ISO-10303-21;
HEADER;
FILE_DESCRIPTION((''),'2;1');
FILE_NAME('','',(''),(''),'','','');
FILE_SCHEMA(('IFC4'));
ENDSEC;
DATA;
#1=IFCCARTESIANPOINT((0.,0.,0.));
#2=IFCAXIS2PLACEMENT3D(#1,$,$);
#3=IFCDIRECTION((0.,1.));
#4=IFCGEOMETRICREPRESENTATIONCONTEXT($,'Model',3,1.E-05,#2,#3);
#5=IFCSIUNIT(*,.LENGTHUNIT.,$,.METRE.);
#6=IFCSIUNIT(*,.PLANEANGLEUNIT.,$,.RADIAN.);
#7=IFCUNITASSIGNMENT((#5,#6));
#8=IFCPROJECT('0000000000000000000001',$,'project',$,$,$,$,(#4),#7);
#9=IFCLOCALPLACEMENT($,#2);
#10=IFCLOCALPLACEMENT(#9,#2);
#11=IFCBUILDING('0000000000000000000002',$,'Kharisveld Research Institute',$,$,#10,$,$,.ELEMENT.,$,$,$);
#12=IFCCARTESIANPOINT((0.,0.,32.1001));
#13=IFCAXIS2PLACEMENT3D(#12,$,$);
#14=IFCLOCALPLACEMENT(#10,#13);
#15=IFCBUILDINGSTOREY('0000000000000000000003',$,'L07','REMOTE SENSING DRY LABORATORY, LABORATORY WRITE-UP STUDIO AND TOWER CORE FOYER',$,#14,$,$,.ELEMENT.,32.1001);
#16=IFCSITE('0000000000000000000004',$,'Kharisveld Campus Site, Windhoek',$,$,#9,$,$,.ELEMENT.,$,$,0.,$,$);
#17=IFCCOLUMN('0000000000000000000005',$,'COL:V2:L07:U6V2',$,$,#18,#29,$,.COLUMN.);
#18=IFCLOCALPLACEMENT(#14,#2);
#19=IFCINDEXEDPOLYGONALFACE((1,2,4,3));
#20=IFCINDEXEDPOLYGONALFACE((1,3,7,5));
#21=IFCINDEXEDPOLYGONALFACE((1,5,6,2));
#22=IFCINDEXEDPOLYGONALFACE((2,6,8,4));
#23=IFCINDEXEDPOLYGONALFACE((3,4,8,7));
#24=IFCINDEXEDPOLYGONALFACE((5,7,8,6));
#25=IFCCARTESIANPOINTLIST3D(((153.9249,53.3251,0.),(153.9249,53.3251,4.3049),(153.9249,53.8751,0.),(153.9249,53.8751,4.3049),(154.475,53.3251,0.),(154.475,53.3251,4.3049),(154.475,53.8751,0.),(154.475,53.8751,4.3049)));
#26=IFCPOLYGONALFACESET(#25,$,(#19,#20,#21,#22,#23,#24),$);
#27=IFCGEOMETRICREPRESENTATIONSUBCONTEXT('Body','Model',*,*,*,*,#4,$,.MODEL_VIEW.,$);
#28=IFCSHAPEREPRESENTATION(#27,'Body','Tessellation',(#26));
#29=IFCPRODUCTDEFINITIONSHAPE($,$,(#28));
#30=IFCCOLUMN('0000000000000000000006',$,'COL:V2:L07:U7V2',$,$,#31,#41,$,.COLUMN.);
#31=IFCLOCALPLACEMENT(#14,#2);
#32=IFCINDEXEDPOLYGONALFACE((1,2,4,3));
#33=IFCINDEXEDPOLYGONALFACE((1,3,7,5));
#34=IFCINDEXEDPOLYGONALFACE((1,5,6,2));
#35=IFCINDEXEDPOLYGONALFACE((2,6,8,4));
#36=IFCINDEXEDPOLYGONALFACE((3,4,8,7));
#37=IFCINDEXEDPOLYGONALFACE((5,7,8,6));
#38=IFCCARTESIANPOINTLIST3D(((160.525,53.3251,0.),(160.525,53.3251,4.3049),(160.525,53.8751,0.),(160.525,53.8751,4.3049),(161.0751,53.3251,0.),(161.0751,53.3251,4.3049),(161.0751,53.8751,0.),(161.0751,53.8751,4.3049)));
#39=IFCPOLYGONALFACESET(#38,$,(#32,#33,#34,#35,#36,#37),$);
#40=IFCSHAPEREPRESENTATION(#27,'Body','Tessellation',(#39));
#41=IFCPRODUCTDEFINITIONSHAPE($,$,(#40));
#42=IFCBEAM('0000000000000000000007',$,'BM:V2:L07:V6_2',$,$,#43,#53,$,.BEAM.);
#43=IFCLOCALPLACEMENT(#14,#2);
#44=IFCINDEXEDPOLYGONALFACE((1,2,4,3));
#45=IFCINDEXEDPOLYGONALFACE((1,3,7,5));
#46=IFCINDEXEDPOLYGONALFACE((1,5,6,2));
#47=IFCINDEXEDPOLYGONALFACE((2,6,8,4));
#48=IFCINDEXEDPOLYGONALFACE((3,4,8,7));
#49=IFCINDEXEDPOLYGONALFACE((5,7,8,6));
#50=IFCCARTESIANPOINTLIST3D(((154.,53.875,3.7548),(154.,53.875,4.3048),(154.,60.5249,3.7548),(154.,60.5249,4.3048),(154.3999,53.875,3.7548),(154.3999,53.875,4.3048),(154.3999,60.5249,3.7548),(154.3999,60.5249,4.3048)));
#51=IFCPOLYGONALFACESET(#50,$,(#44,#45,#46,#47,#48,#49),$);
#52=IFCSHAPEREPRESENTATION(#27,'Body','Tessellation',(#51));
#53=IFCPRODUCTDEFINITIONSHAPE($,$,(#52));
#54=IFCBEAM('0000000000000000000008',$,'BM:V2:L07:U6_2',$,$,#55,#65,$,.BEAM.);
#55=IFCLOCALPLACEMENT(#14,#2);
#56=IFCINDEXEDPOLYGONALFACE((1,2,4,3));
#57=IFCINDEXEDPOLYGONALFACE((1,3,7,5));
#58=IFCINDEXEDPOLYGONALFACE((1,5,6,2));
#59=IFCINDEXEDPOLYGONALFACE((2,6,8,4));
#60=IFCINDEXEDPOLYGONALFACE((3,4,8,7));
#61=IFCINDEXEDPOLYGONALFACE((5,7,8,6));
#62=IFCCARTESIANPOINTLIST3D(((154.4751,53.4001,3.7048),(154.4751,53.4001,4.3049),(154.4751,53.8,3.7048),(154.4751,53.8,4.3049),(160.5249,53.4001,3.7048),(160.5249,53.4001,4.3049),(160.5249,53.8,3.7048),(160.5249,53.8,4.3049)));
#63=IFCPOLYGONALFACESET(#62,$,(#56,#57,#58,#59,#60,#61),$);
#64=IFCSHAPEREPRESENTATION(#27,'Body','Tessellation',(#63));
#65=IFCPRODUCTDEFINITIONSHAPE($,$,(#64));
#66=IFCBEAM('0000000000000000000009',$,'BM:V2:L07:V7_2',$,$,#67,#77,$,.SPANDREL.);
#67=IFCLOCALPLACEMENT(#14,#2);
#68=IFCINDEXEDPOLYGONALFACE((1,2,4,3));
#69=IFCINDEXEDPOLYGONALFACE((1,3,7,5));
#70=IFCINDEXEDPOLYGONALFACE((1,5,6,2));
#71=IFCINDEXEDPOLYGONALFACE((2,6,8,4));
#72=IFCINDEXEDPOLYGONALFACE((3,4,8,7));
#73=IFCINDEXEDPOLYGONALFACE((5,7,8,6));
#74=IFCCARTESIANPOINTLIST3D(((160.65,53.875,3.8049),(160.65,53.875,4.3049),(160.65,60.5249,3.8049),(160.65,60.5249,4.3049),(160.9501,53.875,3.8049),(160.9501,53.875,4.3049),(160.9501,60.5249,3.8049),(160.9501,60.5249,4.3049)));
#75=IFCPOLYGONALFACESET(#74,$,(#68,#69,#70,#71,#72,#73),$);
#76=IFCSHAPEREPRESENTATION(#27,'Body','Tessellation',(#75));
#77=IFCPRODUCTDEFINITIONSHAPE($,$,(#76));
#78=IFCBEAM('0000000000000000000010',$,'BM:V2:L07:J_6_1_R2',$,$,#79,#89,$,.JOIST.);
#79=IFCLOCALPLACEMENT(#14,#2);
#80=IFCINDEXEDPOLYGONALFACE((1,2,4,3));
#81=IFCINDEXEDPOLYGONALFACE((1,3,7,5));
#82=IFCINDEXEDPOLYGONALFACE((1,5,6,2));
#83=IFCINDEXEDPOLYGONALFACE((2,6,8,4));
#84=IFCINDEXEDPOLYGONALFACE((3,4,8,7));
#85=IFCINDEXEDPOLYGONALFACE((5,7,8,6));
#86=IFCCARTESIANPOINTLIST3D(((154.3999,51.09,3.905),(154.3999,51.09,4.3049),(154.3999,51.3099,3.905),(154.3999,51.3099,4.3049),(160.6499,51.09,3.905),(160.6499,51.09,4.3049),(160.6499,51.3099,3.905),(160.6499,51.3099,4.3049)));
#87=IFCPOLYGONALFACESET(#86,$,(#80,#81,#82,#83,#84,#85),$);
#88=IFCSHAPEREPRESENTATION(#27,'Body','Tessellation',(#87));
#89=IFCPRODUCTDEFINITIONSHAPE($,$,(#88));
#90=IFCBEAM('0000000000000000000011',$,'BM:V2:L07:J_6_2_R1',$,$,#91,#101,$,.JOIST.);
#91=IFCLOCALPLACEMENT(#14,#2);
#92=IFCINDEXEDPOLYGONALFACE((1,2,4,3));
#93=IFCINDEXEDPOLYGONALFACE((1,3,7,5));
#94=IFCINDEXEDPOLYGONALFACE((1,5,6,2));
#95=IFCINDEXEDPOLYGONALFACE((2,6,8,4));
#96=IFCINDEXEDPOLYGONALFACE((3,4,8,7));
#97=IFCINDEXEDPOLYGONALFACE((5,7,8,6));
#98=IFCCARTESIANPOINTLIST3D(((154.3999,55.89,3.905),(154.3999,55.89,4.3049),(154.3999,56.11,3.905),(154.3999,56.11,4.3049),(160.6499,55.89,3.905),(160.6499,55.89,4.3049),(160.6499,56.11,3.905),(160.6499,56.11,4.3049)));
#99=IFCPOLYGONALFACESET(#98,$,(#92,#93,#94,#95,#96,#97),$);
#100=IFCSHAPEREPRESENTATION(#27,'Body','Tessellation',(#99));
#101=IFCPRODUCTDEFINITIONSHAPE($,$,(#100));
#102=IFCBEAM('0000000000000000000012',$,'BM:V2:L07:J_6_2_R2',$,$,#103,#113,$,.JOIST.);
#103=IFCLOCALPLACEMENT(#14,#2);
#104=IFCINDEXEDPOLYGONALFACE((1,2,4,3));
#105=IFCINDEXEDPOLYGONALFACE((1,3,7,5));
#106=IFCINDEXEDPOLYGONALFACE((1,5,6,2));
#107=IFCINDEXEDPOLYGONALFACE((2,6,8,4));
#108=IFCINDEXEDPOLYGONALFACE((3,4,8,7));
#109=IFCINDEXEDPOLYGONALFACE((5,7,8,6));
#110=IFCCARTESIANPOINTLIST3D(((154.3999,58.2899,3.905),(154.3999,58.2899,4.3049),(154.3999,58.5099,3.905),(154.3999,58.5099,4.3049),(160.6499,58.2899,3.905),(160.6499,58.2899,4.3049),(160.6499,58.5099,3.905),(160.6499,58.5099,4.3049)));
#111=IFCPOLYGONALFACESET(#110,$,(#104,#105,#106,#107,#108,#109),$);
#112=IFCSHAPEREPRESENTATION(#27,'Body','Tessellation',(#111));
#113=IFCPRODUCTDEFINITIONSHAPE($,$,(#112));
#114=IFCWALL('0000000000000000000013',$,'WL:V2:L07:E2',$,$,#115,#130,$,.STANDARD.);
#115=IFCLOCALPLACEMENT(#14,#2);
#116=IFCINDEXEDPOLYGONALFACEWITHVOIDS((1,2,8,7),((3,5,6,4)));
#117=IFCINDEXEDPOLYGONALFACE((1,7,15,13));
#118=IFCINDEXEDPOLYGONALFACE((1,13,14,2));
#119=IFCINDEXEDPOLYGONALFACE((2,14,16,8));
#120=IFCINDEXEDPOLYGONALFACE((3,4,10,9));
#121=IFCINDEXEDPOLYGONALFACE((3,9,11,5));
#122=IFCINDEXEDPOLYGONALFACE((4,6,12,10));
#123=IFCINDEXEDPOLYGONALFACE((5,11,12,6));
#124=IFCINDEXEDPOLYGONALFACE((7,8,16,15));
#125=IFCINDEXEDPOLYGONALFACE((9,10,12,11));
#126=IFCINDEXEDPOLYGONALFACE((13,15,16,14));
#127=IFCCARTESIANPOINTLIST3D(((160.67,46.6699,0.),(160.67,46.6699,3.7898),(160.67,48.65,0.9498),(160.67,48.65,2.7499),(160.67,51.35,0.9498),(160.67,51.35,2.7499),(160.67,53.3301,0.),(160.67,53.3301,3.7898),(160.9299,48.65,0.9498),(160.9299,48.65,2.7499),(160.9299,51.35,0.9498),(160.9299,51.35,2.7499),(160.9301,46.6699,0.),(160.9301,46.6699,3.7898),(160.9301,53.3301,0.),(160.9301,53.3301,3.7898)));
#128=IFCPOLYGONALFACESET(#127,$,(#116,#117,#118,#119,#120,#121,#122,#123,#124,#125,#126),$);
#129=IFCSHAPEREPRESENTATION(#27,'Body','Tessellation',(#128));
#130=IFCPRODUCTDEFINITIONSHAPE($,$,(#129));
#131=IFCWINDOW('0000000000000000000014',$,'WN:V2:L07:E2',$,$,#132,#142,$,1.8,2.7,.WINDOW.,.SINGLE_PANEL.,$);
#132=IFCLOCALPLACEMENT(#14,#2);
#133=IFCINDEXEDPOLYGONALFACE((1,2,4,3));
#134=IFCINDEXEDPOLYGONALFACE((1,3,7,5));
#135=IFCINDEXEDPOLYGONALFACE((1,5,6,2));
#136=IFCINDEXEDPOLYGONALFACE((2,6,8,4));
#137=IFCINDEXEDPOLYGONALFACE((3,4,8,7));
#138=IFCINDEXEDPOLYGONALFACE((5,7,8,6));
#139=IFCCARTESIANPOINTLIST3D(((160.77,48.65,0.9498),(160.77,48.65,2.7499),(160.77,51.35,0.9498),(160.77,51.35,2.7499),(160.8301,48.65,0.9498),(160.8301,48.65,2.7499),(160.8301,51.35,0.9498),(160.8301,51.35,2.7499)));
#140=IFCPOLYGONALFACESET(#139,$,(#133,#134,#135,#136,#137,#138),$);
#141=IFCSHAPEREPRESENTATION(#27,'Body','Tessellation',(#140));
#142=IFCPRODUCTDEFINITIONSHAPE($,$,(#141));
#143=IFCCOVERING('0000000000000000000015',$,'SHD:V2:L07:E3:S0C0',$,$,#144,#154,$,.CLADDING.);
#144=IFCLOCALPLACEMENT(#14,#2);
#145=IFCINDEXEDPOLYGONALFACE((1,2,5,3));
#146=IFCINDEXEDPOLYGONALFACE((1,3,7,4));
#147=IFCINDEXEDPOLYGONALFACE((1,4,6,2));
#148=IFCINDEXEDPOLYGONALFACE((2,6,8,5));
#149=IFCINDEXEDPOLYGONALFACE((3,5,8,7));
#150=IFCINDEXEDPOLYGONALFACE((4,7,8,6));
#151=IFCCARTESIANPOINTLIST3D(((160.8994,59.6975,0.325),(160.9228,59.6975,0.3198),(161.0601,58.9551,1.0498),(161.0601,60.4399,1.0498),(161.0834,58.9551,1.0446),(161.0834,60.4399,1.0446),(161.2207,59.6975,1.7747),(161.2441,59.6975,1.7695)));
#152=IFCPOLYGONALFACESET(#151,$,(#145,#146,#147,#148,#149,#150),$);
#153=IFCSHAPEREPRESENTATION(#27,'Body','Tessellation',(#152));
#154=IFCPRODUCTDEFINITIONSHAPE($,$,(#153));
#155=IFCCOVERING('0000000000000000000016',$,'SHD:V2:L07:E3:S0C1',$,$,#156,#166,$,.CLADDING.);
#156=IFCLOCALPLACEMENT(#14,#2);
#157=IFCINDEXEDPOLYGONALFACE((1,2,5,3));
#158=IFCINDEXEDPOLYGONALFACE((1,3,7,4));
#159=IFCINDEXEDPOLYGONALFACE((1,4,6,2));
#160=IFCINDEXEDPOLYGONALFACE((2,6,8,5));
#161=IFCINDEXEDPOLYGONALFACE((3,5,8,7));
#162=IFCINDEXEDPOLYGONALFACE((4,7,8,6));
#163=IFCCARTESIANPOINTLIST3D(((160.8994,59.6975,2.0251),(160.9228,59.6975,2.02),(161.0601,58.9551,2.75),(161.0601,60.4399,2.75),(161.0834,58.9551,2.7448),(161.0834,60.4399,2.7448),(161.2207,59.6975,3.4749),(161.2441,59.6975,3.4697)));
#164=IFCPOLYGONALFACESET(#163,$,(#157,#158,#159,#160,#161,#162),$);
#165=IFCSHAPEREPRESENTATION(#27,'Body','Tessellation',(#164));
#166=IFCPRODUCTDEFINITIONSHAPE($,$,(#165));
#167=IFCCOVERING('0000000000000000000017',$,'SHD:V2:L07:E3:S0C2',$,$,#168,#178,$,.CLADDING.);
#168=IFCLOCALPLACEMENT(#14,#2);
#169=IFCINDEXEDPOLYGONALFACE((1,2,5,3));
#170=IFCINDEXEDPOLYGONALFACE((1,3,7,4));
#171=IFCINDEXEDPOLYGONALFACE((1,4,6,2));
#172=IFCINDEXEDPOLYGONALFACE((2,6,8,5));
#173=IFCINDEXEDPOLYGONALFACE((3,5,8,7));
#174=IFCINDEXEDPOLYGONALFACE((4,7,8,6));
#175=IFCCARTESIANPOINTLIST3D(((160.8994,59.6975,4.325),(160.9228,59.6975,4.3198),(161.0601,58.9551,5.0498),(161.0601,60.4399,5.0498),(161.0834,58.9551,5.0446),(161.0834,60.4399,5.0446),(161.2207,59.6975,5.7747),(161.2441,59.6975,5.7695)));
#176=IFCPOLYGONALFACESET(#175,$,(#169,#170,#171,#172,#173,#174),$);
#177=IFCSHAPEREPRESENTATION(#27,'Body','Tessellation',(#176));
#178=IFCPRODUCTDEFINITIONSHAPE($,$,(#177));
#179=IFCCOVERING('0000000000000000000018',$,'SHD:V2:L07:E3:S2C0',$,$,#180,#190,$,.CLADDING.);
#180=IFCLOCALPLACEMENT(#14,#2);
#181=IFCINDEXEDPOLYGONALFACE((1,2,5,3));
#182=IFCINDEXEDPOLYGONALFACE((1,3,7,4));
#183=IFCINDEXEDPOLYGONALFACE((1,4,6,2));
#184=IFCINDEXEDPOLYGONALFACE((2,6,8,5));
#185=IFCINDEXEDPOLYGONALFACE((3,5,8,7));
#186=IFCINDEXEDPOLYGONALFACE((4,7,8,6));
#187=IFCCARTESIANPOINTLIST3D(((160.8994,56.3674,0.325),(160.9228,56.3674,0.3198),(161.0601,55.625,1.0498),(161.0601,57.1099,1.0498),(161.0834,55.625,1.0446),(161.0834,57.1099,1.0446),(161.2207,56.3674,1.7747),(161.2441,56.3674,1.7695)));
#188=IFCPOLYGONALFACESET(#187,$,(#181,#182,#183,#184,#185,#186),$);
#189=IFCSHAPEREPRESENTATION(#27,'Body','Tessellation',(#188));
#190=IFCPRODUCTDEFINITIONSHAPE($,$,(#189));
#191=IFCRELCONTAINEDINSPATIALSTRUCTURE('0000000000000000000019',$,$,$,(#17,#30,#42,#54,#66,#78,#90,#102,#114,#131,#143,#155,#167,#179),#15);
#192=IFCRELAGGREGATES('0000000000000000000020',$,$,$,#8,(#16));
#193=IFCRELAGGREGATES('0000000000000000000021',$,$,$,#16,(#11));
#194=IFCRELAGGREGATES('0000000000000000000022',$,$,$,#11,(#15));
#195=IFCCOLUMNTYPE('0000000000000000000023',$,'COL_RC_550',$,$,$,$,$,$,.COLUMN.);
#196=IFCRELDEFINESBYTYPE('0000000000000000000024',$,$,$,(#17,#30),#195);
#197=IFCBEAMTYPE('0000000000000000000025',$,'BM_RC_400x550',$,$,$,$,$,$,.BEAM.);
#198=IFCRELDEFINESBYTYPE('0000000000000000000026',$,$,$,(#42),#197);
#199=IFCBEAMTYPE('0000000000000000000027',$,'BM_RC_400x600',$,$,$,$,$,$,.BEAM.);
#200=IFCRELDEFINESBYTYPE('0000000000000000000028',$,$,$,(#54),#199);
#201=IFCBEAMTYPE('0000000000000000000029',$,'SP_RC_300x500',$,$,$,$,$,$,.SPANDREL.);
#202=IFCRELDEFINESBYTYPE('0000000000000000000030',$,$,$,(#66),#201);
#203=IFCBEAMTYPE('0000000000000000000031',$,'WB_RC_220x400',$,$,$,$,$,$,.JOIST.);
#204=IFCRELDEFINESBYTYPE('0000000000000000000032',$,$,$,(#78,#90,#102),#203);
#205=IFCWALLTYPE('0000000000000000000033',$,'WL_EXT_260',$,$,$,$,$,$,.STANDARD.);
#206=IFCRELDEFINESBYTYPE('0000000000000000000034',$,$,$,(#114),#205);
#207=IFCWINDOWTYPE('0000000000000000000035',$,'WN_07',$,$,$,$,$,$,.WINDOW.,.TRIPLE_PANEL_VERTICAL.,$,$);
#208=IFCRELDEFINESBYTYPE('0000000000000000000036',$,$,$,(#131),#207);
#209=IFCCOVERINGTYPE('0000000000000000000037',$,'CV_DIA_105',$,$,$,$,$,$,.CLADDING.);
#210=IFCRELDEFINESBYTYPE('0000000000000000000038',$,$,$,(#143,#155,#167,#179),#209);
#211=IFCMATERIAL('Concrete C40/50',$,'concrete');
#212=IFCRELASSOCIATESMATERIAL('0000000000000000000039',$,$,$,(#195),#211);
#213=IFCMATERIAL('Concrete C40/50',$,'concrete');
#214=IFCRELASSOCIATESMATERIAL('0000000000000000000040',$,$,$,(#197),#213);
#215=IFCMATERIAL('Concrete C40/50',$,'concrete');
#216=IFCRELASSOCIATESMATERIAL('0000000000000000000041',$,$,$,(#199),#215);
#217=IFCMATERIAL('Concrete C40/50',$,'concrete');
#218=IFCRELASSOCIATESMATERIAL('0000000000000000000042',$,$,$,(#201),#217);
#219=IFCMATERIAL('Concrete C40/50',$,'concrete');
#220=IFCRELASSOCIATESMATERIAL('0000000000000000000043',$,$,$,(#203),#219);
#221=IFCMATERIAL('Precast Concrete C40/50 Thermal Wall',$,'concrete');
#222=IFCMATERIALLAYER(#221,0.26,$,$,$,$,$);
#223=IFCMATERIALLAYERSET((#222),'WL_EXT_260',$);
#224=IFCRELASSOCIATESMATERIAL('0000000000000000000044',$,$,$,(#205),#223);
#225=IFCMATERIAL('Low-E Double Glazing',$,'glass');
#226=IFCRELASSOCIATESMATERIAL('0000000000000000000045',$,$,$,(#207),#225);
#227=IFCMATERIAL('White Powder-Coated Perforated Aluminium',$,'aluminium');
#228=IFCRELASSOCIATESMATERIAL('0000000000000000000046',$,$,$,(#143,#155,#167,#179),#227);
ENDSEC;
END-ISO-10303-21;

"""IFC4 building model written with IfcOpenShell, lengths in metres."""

from ifc_helpers import new_model, si_unit, direction, frame, frame_2d, origin, origin_2d, place, context, subcontext, project, spatial, polyline, rectangle, outline, extrude, material, layer, layer_set, material_profile, profile_set, type_object, element, fill, save


model = new_model("IFC4")

# Units and contexts
model_context = context("Model", 3, precision=1e-05, world=origin(), true_north=direction((0.0, 1.0)))
body_context = subcontext(model_context, "Body", "Model", "MODEL_VIEW")
ifc_project = project(units=[si_unit("LENGTHUNIT", "METRE"), si_unit("PLANEANGLEUNIT", "RADIAN")], contexts=[model_context])

# Site, building, storey
site_placement = place(None, origin())
site = spatial("IfcSite", under=ifc_project, at=site_placement, Name="Kharisveld Campus Site, Windhoek", CompositionType="ELEMENT", RefElevation=0.0)
building_placement = place(site_placement, origin())
building = spatial("IfcBuilding", under=site, at=building_placement, Name="Kharisveld Research Institute", CompositionType="ELEMENT")
storey_placement = place(building_placement, frame((0.0, 0.0, 32.1001)))
storey = spatial("IfcBuildingStorey", under=building, at=storey_placement, Name="L07", Description="REMOTE SENSING DRY LABORATORY, LABORATORY WRITE-UP STUDIO AND TOWER CORE FOYER", CompositionType="ELEMENT", Elevation=32.1001)

# Columns
ifc_material_1 = material(Name="Concrete C40/50", Category="concrete")
ifc_material_profile_1 = material_profile(ifc_material_1, rectangle(XDim=0.55, YDim=0.55, at=origin_2d()))
ifc_profile_set_1 = profile_set([ifc_material_profile_1], Name="Concrete C40/50")
column_type = type_object("IfcColumnType", Name="COL_RC_550", PredefinedType="COLUMN", material=ifc_profile_set_1)
for number, where, z_axis, x_axis, name in (
    (1, (154.2, 53.6001, 0.0), (0.0, 0.0, 1.0), (1.0, 0.0, 0.0), "COL:V2:L07:U6V2"),
    (2, (160.8, 53.6001, 0.0), (0.0, 0.0, 1.0), (1.0, 0.0, 0.0), "COL:V2:L07:U7V2"),
):
    element("IfcColumn", number, at=place(storey_placement, frame(where, z_axis=z_axis, x_axis=x_axis)), inside=storey, type_object=column_type, Name=name, PredefinedType="COLUMN", context=body_context, shape_type="SweptSolid", body=[
        extrude(rectangle(XDim=0.55, YDim=0.55, at=origin_2d()), origin(), (0.0, 0.0, 1.0), 4.3049),
    ])

# Beams
ifc_material_2 = material(Name="Concrete C40/50", Category="concrete")
ifc_material_profile_2 = material_profile(ifc_material_2, rectangle(XDim=0.3999, YDim=0.55, at=origin_2d()))
ifc_profile_set_2 = profile_set([ifc_material_profile_2], Name="Concrete C40/50")
beam_type_1 = type_object("IfcBeamType", Name="BM_RC_400x550", PredefinedType="BEAM", material=ifc_profile_set_2)
beam_1_placement = place(storey_placement, frame((154.2, 53.875, 4.0298), z_axis=(0.0, 1.0, 0.0), x_axis=(-1.0, 0.0, 0.0)))
element("IfcBeam", 3, at=beam_1_placement, inside=storey, type_object=beam_type_1, Name="BM:V2:L07:V6_2", PredefinedType="BEAM", context=body_context, shape_type="SweptSolid", body=[
    extrude(rectangle(XDim=0.3999, YDim=0.55, at=origin_2d()), origin(), (0.0, 0.0, 1.0), 6.6499),
])
ifc_material_3 = material(Name="Concrete C40/50", Category="concrete")
ifc_material_profile_3 = material_profile(ifc_material_3, rectangle(XDim=0.3999, YDim=0.6001, at=origin_2d()))
ifc_profile_set_3 = profile_set([ifc_material_profile_3], Name="Concrete C40/50")
beam_type_2 = type_object("IfcBeamType", Name="BM_RC_400x600", PredefinedType="BEAM", material=ifc_profile_set_3)
beam_2_placement = place(storey_placement, frame((154.4751, 53.6001, 4.0049), z_axis=(1.0, 0.0, 0.0), x_axis=(0.0, 1.0, 0.0)))
element("IfcBeam", 4, at=beam_2_placement, inside=storey, type_object=beam_type_2, Name="BM:V2:L07:U6_2", PredefinedType="BEAM", context=body_context, shape_type="SweptSolid", body=[
    extrude(rectangle(XDim=0.3999, YDim=0.6001, at=origin_2d()), origin(), (0.0, 0.0, 1.0), 6.0498),
])
ifc_material_4 = material(Name="Concrete C40/50", Category="concrete")
ifc_material_profile_4 = material_profile(ifc_material_4, rectangle(XDim=0.3, YDim=0.5, at=origin_2d()))
ifc_profile_set_4 = profile_set([ifc_material_profile_4], Name="Concrete C40/50")
beam_type_3 = type_object("IfcBeamType", Name="SP_RC_300x500", PredefinedType="SPANDREL", material=ifc_profile_set_4)
beam_3_placement = place(storey_placement, frame((160.8, 53.875, 4.0549), z_axis=(0.0, 1.0, 0.0), x_axis=(-1.0, 0.0, 0.0)))
element("IfcBeam", 5, at=beam_3_placement, inside=storey, type_object=beam_type_3, Name="BM:V2:L07:V7_2", PredefinedType="SPANDREL", context=body_context, shape_type="SweptSolid", body=[
    extrude(rectangle(XDim=0.3, YDim=0.5, at=origin_2d()), origin(), (0.0, 0.0, 1.0), 6.6499),
])
ifc_material_5 = material(Name="Concrete C40/50", Category="concrete")
ifc_material_profile_5 = material_profile(ifc_material_5, rectangle(XDim=0.22, YDim=0.3999, at=origin_2d()))
ifc_profile_set_5 = profile_set([ifc_material_profile_5], Name="Concrete C40/50")
beam_type_4 = type_object("IfcBeamType", Name="WB_RC_220x400", PredefinedType="JOIST", material=ifc_profile_set_5)
for number, where, z_axis, x_axis, name in (
    (6, (154.3999, 51.2, 4.105), (1.0, 0.0, 0.0), (0.0, 1.0, 0.0), "BM:V2:L07:J_6_1_R2"),
    (7, (154.3999, 56.0, 4.105), (1.0, 0.0, 0.0), (0.0, 1.0, 0.0), "BM:V2:L07:J_6_2_R1"),
    (8, (154.3999, 58.3999, 4.105), (1.0, 0.0, 0.0), (0.0, 1.0, 0.0), "BM:V2:L07:J_6_2_R2"),
):
    element("IfcBeam", number, at=place(storey_placement, frame(where, z_axis=z_axis, x_axis=x_axis)), inside=storey, type_object=beam_type_4, Name=name, PredefinedType="JOIST", context=body_context, shape_type="SweptSolid", body=[
        extrude(rectangle(XDim=0.22, YDim=0.3999, at=origin_2d()), origin(), (0.0, 0.0, 1.0), 6.25),
    ])

# Wall, opening, window
ifc_material_6 = material(Name="Precast Concrete C40/50 Thermal Wall", Category="concrete")
ifc_layer = layer(ifc_material_6, 0.26)
ifc_layer_set = layer_set([ifc_layer], Name="WL_EXT_260")
wall_type = type_object("IfcWallType", Name="WL_EXT_260", PredefinedType="STANDARD", material=ifc_layer_set)
wall_placement = place(storey_placement, frame((160.8, 53.3301, 0.0), z_axis=(0.0, 0.0, 1.0), x_axis=(0.0, -1.0, 0.0)))
wall = element("IfcWall", 9, at=wall_placement, inside=storey, type_object=wall_type, Name="WL:V2:L07:E2", PredefinedType="STANDARD", context=body_context, shape_type="SweptSolid", body=[
    extrude(rectangle(XDim=6.6602, YDim=0.26, at=frame_2d((3.3301, 0.0))), origin(), (0.0, 0.0, 1.0), 3.7898),
])
opening_placement = place(wall_placement, frame((1.98, 0.0, 0.95)))
opening = element("IfcOpeningElement", 10, at=opening_placement, cuts=wall, PredefinedType="OPENING", context=body_context, shape_type="SweptSolid", body=[
    extrude(rectangle(XDim=2.7, YDim=1.8, at=frame_2d((1.3501, 0.8999))), frame((0.0, 0.1299, 0.0), z_axis=(0.0, -1.0, 0.0), x_axis=(1.0, 0.0, 0.0)), (0.0, 0.0, 1.0), 0.26),
])
ifc_material_7 = material(Name="Low-E Double Glazing", Category="glass")
window_type = type_object("IfcWindowType", Name="WN_07", PartitioningType="TRIPLE_PANEL_VERTICAL", PredefinedType="WINDOW", material=ifc_material_7)
window_placement = place(opening_placement, origin())
window = element("IfcWindow", 11, at=window_placement, inside=storey, type_object=window_type, Name="WN:V2:L07:E2", OverallHeight=1.8, OverallWidth=2.7, PartitioningType="SINGLE_PANEL", PredefinedType="WINDOW", context=body_context, shape_type="SweptSolid", body=[
    extrude(rectangle(XDim=2.7, YDim=1.8, at=frame_2d((1.3501, 0.8999))), frame((0.0, 0.03, 0.0), z_axis=(0.0, -1.0, 0.0), x_axis=(1.0, 0.0, 0.0)), (0.0, 0.0, 1.0), 0.0601),
])
fill(opening, window)

# Coverings
ifc_material_8 = material(Name="White Powder-Coated Perforated Aluminium", Category="aluminium")
covering_type = type_object("IfcCoveringType", Name="CV_DIA_105", PredefinedType="CLADDING")
for number, where, z_axis, x_axis, name in (
    (12, (160.8994, 59.6975, 0.325), (-0.976311, 0.0, 0.216373), (0.153, -0.707102, 0.69036), "SHD:V2:L07:E3:S0C0"),
    (13, (160.8994, 59.6975, 2.0251), (-0.976311, 0.0, 0.216373), (0.153, -0.707102, 0.69036), "SHD:V2:L07:E3:S0C1"),
    (14, (160.8994, 59.6975, 4.325), (-0.976311, 0.0, 0.216373), (0.153, -0.707102, 0.69036), "SHD:V2:L07:E3:S0C2"),
    (15, (160.8994, 56.3674, 0.325), (-0.976311, 0.0, 0.216373), (0.153, -0.707102, 0.69036), "SHD:V2:L07:E3:S2C0"),
):
    element("IfcCovering", number, at=place(storey_placement, frame(where, z_axis=z_axis, x_axis=x_axis)), inside=storey, type_object=covering_type, material=ifc_material_8, Name=name, PredefinedType="CLADDING", context=body_context, shape_type="SweptSolid", body=[
        extrude(outline(polyline([(0.0, 0.0), (1.05, 0.0), (1.05, 1.05), (0.0, 1.05), (0.0, 0.0)])), origin(), (0.0, 0.0, -1.0), 0.0239),
    ])

save(model, "model.ifc")
